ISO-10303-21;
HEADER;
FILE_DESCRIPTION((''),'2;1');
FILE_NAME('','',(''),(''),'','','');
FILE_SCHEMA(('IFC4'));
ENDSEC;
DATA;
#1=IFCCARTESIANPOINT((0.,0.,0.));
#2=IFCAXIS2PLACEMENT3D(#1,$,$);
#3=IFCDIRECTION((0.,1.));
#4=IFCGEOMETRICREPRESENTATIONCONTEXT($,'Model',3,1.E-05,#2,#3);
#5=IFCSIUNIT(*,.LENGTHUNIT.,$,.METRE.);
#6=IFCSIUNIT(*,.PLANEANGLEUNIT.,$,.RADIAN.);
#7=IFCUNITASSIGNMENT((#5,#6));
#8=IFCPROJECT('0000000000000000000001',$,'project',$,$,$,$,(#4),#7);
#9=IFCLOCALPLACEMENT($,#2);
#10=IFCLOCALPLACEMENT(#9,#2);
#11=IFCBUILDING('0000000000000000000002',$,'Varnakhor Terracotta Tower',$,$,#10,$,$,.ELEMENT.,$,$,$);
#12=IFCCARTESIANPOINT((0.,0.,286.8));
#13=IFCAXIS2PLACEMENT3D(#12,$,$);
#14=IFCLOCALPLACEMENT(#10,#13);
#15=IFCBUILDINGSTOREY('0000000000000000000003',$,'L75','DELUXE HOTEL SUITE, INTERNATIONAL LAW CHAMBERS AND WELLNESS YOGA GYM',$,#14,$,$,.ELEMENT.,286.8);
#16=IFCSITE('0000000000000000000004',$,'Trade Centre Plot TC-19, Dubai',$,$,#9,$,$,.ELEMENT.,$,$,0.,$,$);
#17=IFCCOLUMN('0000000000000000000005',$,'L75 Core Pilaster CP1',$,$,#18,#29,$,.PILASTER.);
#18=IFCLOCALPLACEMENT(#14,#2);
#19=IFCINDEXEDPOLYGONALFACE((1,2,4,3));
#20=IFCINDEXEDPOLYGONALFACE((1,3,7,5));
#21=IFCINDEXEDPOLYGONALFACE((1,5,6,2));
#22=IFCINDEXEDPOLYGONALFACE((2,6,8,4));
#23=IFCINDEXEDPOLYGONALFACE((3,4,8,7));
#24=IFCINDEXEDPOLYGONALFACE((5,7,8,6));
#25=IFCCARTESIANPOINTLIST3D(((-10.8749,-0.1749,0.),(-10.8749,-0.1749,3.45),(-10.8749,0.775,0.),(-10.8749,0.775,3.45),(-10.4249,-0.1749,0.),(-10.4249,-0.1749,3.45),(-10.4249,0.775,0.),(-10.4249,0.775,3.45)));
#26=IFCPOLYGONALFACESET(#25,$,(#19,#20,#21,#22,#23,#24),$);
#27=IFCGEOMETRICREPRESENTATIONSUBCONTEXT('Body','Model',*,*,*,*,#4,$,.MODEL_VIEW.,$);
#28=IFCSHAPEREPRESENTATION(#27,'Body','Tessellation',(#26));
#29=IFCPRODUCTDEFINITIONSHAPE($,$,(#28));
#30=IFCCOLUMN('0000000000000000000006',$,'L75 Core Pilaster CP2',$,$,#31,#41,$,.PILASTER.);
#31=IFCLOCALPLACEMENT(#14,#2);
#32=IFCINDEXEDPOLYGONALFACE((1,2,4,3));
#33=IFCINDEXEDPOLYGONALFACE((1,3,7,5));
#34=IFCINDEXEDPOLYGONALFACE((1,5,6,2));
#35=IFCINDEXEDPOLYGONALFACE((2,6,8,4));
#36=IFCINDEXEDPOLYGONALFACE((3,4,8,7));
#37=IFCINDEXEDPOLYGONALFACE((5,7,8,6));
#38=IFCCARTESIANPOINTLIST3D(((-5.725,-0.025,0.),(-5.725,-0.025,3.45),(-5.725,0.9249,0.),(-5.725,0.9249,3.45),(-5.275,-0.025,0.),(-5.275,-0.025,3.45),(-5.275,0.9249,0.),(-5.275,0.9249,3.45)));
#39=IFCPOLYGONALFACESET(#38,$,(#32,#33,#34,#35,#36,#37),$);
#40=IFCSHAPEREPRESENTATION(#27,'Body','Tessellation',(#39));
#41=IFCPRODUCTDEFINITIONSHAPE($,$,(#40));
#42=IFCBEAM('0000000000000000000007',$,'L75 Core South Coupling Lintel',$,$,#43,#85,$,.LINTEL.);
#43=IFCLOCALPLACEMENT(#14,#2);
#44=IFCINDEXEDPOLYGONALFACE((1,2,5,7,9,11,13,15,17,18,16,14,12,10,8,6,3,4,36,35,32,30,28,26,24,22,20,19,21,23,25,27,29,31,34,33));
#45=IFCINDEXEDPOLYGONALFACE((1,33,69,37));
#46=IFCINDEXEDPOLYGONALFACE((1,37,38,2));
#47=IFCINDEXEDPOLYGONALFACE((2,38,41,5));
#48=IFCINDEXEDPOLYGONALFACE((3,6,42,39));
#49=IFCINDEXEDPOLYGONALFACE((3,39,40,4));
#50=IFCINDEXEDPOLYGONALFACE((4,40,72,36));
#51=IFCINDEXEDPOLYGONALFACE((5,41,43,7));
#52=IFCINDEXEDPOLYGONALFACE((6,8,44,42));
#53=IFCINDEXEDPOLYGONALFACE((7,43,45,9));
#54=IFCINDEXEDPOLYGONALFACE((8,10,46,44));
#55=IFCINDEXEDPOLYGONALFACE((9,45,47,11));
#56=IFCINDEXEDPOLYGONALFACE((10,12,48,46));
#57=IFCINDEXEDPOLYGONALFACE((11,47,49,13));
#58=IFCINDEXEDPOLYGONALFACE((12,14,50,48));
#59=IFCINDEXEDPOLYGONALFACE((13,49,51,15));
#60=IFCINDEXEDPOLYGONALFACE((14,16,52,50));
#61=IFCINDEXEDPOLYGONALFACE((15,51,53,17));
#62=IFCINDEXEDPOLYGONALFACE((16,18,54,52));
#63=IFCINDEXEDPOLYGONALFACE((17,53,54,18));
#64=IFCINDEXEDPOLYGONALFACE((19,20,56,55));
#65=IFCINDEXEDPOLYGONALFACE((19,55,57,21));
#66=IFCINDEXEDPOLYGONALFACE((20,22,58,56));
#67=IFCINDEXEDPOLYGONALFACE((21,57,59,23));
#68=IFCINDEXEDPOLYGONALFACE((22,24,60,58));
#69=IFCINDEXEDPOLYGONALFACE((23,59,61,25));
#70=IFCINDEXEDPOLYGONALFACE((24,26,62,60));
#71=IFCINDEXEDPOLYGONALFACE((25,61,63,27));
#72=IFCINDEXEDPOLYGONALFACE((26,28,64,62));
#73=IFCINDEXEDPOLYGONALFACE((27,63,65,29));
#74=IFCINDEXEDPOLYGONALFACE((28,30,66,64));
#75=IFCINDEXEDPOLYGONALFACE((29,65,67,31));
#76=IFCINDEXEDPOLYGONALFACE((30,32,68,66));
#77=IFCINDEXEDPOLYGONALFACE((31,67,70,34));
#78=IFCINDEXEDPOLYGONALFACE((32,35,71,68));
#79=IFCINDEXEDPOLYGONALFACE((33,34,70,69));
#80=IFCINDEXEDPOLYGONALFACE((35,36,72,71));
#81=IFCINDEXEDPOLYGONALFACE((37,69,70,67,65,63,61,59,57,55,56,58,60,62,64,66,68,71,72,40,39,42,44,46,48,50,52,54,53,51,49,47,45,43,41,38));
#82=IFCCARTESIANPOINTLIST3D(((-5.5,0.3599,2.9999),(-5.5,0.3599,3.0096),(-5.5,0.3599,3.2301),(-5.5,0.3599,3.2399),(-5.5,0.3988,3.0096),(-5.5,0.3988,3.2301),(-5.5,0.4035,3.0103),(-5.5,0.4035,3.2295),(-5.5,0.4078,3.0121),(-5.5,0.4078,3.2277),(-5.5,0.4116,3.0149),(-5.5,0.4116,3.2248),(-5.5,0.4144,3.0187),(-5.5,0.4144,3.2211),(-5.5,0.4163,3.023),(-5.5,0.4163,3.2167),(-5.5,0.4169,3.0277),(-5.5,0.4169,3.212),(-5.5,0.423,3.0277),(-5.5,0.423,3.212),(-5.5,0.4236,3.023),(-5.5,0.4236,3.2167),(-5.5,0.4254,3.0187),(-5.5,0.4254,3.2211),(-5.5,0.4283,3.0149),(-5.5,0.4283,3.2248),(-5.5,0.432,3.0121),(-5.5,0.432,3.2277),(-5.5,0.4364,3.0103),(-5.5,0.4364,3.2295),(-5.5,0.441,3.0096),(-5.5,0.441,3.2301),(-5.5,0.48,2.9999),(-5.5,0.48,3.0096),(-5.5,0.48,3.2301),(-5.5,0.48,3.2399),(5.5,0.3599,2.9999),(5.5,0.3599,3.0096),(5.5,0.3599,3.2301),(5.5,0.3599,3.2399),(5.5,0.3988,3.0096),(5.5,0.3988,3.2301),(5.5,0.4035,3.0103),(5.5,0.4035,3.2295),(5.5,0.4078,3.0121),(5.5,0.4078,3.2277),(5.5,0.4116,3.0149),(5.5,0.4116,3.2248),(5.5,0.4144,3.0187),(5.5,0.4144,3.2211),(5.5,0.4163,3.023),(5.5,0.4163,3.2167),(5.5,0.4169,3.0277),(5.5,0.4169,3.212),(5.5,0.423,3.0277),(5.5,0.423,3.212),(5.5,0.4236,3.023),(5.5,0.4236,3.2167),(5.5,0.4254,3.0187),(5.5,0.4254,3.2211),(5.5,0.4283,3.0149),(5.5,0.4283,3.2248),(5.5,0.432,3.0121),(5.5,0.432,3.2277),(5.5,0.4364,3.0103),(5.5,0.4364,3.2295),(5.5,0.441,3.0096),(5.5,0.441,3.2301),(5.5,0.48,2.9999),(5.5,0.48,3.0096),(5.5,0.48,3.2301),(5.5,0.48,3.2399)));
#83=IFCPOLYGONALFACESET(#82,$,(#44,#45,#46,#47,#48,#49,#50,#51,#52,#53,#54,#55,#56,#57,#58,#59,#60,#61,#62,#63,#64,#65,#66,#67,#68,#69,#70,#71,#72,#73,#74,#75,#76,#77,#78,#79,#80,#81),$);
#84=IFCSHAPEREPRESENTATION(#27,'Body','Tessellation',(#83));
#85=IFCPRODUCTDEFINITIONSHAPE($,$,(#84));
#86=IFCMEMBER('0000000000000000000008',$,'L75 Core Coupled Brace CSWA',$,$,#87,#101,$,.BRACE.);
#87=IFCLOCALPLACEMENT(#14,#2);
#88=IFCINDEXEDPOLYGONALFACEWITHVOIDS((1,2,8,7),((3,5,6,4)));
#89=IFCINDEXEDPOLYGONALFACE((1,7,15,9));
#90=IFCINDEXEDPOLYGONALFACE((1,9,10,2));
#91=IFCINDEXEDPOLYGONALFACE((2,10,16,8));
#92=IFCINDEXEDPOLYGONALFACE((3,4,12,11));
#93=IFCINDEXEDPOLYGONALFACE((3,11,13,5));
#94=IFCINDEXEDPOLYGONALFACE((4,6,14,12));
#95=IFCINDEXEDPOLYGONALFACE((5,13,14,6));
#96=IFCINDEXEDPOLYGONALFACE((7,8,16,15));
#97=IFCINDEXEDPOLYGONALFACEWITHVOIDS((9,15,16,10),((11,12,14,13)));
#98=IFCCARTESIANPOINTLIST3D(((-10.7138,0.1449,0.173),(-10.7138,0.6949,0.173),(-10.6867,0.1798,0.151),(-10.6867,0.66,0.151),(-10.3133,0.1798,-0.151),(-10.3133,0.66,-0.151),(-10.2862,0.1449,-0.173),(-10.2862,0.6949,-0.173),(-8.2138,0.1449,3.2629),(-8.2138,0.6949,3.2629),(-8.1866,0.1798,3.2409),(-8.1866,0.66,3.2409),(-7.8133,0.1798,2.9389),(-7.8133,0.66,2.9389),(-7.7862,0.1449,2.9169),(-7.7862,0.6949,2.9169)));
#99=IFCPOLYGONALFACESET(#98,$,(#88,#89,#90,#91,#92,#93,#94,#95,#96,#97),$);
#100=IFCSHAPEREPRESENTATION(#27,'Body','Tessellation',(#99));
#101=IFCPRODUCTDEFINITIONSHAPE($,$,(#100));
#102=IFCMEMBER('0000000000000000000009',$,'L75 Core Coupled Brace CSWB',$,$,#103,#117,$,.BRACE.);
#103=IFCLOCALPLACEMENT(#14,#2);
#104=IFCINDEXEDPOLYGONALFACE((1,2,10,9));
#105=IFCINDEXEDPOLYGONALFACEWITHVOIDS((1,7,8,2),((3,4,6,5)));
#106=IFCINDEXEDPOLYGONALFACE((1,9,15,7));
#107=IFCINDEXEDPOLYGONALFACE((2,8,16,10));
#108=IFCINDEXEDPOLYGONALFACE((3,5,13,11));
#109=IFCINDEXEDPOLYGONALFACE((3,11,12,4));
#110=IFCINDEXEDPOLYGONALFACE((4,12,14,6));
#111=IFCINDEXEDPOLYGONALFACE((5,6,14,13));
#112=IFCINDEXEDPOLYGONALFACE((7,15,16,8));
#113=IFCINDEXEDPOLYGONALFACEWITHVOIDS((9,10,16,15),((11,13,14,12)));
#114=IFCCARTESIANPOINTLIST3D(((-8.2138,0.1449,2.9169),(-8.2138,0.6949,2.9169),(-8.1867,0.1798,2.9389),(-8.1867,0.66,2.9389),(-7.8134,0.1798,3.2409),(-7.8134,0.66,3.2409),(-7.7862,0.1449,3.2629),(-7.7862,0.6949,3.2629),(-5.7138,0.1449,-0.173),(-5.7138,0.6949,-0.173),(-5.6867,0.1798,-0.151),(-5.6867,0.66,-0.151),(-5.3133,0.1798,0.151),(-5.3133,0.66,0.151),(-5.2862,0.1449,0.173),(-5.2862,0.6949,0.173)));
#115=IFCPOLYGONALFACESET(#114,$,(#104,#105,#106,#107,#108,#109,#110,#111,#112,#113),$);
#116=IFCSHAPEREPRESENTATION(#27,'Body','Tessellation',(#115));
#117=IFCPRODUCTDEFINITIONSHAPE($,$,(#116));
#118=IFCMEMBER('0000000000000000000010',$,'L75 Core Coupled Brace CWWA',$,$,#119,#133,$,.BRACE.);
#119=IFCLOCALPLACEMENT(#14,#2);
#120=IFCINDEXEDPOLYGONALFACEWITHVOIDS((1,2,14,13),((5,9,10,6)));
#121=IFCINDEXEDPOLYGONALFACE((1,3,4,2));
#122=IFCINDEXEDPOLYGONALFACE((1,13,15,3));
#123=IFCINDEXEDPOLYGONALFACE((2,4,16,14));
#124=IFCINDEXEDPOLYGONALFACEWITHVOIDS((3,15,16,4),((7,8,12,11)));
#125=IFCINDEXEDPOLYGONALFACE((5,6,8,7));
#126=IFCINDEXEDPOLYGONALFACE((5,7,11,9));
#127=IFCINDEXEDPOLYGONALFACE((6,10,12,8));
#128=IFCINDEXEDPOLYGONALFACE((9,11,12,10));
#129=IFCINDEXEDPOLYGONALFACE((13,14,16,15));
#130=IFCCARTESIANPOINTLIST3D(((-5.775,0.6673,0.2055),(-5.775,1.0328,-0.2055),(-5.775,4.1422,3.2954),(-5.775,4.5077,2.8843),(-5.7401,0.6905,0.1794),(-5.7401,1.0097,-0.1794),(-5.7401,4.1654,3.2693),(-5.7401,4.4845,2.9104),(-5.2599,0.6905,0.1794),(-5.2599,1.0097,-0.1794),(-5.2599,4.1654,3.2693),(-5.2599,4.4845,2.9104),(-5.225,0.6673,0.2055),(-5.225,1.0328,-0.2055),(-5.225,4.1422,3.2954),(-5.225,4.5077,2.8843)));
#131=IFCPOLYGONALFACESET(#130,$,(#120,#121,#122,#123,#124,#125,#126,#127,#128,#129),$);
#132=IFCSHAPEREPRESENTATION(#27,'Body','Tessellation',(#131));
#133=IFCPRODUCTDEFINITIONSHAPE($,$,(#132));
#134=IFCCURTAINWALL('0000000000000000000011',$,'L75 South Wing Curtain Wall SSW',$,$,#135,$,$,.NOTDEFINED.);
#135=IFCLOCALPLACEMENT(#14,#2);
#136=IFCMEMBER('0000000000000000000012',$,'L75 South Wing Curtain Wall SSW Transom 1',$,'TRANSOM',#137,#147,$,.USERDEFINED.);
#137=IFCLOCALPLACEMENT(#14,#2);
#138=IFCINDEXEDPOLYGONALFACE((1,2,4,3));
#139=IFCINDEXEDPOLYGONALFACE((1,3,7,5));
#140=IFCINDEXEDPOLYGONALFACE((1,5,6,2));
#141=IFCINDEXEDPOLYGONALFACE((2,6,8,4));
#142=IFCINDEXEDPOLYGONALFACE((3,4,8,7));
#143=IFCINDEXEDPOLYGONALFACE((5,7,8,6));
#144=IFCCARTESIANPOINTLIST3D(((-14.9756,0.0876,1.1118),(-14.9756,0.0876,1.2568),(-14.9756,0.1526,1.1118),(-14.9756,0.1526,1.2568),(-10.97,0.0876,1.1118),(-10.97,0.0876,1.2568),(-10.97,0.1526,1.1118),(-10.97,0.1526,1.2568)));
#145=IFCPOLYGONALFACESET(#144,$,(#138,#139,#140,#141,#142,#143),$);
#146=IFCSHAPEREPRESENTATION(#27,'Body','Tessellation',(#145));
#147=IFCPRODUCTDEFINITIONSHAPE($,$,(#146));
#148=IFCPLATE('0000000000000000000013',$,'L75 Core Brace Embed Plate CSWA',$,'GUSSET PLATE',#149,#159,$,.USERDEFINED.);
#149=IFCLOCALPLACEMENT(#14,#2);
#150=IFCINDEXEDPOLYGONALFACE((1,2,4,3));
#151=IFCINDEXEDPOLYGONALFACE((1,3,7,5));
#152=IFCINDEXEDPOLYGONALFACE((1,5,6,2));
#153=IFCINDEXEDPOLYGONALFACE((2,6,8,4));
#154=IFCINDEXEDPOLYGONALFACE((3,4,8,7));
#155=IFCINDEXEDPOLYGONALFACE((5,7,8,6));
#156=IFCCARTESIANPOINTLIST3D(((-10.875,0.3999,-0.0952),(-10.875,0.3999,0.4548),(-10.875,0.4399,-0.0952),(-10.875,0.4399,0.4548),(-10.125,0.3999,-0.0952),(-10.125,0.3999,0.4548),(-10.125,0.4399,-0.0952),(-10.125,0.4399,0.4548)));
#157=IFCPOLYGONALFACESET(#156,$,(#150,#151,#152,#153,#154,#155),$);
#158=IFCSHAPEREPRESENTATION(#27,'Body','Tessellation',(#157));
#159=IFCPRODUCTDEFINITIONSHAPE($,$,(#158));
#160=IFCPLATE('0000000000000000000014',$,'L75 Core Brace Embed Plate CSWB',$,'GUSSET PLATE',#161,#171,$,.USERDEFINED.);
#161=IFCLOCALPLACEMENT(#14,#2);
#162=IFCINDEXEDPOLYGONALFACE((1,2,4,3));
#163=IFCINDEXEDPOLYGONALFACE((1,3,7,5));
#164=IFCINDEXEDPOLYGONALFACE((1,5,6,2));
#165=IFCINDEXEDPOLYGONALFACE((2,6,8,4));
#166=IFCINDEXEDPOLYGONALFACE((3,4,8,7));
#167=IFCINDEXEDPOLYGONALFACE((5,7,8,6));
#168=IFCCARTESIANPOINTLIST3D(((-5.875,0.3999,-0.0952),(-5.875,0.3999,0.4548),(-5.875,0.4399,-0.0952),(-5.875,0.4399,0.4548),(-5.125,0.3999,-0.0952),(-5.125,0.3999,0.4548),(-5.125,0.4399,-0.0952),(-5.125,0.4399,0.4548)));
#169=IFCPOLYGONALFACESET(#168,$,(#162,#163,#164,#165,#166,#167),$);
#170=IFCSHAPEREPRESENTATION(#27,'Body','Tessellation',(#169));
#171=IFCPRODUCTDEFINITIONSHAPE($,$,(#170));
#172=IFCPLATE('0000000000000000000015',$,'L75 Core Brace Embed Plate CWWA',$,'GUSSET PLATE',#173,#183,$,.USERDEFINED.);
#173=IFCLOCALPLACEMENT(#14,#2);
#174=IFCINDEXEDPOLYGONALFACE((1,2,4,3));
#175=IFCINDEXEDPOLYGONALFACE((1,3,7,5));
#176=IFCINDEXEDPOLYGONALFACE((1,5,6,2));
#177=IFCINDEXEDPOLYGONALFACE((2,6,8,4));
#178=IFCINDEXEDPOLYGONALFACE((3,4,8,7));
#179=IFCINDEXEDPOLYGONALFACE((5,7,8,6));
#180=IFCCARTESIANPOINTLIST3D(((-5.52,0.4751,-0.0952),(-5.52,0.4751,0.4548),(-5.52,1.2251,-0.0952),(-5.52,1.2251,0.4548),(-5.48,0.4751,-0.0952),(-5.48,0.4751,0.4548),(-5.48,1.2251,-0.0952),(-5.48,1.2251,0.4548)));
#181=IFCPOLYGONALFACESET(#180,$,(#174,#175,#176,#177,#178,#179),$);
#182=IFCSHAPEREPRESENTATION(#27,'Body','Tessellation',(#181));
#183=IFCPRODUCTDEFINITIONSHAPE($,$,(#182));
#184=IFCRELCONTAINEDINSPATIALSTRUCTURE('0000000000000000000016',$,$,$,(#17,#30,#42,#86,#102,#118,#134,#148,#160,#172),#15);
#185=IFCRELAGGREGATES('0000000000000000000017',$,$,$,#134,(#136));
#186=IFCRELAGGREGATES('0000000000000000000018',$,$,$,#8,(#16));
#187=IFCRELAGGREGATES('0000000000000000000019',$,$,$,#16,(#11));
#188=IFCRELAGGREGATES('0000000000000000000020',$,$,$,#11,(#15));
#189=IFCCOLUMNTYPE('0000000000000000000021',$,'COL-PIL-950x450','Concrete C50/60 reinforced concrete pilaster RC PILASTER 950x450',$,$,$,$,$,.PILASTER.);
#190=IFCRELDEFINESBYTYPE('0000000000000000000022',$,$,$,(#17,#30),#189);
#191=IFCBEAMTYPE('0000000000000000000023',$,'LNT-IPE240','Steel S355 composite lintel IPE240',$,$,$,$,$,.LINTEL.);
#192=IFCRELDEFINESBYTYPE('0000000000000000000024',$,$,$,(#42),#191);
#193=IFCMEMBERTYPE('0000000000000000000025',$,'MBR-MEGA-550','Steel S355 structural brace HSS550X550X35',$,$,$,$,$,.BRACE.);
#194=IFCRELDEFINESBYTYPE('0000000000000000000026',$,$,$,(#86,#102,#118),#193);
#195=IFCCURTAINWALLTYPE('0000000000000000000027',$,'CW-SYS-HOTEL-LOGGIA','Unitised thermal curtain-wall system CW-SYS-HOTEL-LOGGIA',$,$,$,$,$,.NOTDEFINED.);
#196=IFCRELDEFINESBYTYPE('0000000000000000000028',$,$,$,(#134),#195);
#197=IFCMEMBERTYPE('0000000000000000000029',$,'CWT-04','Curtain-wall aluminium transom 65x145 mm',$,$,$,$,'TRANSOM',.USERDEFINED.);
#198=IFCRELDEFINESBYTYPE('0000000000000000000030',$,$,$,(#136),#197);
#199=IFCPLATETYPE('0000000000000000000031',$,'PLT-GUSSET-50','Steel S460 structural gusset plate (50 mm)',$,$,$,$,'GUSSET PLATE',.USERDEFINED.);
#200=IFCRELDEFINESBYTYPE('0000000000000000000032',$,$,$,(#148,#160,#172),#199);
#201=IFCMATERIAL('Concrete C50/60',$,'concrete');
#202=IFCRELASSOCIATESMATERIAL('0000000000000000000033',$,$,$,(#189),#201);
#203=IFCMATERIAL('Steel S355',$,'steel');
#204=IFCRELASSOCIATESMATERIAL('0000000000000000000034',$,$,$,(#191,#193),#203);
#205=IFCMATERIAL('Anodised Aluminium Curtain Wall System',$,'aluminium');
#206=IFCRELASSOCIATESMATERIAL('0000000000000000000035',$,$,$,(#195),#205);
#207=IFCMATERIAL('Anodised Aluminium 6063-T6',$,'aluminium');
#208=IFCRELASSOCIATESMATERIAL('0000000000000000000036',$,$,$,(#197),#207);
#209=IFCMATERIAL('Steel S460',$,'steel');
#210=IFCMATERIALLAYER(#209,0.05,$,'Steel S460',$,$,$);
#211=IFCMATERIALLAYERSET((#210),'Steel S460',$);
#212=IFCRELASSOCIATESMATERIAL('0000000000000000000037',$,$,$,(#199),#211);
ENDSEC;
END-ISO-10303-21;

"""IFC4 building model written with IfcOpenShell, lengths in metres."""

from ifc_helpers import new_model, si_unit, direction, frame, origin, origin_2d, place, context, subcontext, project, spatial, rectangle, hollow_rectangle, i_section, extrude, source, transform, mapped, material, layer, layer_set, material_profile, profile_set, type_object, type_shapes, element, aggregate, save


model = new_model("IFC4")

# Units and contexts
model_context = context("Model", 3, precision=1e-05, world=origin(), true_north=direction((0.0, 1.0)))
body_context = subcontext(model_context, "Body", "Model", "MODEL_VIEW")
ifc_project = project(units=[si_unit("LENGTHUNIT", "METRE"), si_unit("PLANEANGLEUNIT", "RADIAN")], contexts=[model_context])

# Site, building, storey
site_placement = place(None, origin())
site = spatial("IfcSite", under=ifc_project, at=site_placement, Name="Trade Centre Plot TC-19, Dubai", CompositionType="ELEMENT", RefElevation=0.0)
building_placement = place(site_placement, origin())
building = spatial("IfcBuilding", under=site, at=building_placement, Name="Varnakhor Terracotta Tower", CompositionType="ELEMENT")
storey_placement = place(building_placement, frame((0.0, 0.0, 286.8)))
storey = spatial("IfcBuildingStorey", under=building, at=storey_placement, Name="L75", Description="DELUXE HOTEL SUITE, INTERNATIONAL LAW CHAMBERS AND WELLNESS YOGA GYM", CompositionType="ELEMENT", Elevation=286.8)

# Columns
ifc_material_1 = material(Name="Concrete C50/60", Category="concrete")
ifc_material_profile_1 = material_profile(ifc_material_1, rectangle(XDim=0.45, YDim=0.95, at=origin_2d()), Name="RC PILASTER 950x450")
ifc_profile_set_1 = profile_set([ifc_material_profile_1], Name="Concrete C50/60")
column_type = type_object("IfcColumnType", Name="COL-PIL-950x450", Description="Concrete C50/60 reinforced concrete pilaster RC PILASTER 950x450", PredefinedType="PILASTER", material=ifc_profile_set_1)
shared_shape_1 = source(origin(), body_context, "Body", "SweptSolid", [
    extrude(rectangle(XDim=0.45, YDim=0.95, at=origin_2d()), origin(), (0.0, 0.0, 1.0), 3.45),
])
for number, where, z_axis, x_axis, name in (
    (1, (-10.6499, 0.3, 0.0), (0.0, 0.0, 1.0), (1.0, 0.0, 0.0), "L75 Core Pilaster CP1"),
    (2, (-5.5, 0.45, 0.0), (0.0, 0.0, 1.0), (1.0, 0.0, 0.0), "L75 Core Pilaster CP2"),
):
    element("IfcColumn", number, at=place(storey_placement, frame(where, z_axis=z_axis, x_axis=x_axis)), inside=storey, type_object=column_type, Name=name, PredefinedType="PILASTER", context=body_context, shape_type="MappedRepresentation", body=[
        mapped(shared_shape_1, transform((0.0, 0.0, 0.0), scale=1.0)),
    ])

# Beam
ifc_material_2 = material(Name="Steel S355", Category="steel")
ifc_material_profile_2 = material_profile(ifc_material_2, i_section(OverallWidth=0.1201, OverallDepth=0.24, WebThickness=0.0061, FlangeThickness=0.0098, FilletRadius=0.0181, at=origin_2d()), Name="IPE240")
ifc_profile_set_2 = profile_set([ifc_material_profile_2], Name="Steel S355")
beam_type = type_object("IfcBeamType", Name="LNT-IPE240", Description="Steel S355 composite lintel IPE240", PredefinedType="LINTEL", material=ifc_profile_set_2)
shared_shape_2 = source(origin(), body_context, "Body", "SweptSolid", [
    extrude(i_section(OverallWidth=0.1201, OverallDepth=0.24, WebThickness=0.0061, FlangeThickness=0.0098, FilletRadius=0.0181, at=origin_2d()), origin(), (0.0, 0.0, 1.0), 11.0),
])
type_shapes(beam_type, [shared_shape_2])
beam_placement = place(storey_placement, frame((-5.5, 0.4199, 3.1199), z_axis=(1.0, 0.0, 0.0), x_axis=(0.0, 1.0, 0.0)))
element("IfcBeam", 3, at=beam_placement, inside=storey, type_object=beam_type, Name="L75 Core South Coupling Lintel", PredefinedType="LINTEL", context=body_context, shape_type="MappedRepresentation", body=[
    mapped(shared_shape_2, transform((0.0, 0.0, 0.0), scale=1.0)),
])

# Members
ifc_material_profile_3 = material_profile(ifc_material_2, hollow_rectangle(XDim=0.55, YDim=0.55, WallThickness=0.0349, at=origin_2d()), Name="HSS550X550X35")
ifc_profile_set_3 = profile_set([ifc_material_profile_3], Name="Steel S355")
member_type_1 = type_object("IfcMemberType", Name="MBR-MEGA-550", Description="Steel S355 structural brace HSS550X550X35", PredefinedType="BRACE", material=ifc_profile_set_3)
shared_shape_3 = source(origin(), body_context, "Body", "SweptSolid", [
    extrude(hollow_rectangle(XDim=0.55, YDim=0.55, WallThickness=0.0349, at=origin_2d()), origin(), (0.0, 0.0, 1.0), 3.9746),
])
for number, where, z_axis, x_axis, name in (
    (4, (-10.5, 0.4199, 0.0), (0.629, 0.0, 0.777405), (0.0, 1.0, 0.0), "L75 Core Coupled Brace CSWA"),
    (5, (-5.5, 0.4199, 0.0), (-0.629, 0.0, 0.777405), (0.0, -1.0, 0.0), "L75 Core Coupled Brace CSWB"),
):
    element("IfcMember", number, at=place(storey_placement, frame(where, z_axis=z_axis, x_axis=x_axis)), inside=storey, type_object=member_type_1, Name=name, PredefinedType="BRACE", context=body_context, shape_type="MappedRepresentation", body=[
        mapped(shared_shape_3, transform((0.0, 0.0, 0.0), scale=1.0)),
    ])
shared_shape_4 = source(origin(), body_context, "Body", "SweptSolid", [
    extrude(hollow_rectangle(XDim=0.55, YDim=0.55, WallThickness=0.0349, at=origin_2d()), origin(), (0.0, 0.0, 1.0), 4.6499),
])
member_1_placement = place(storey_placement, frame((-5.5, 0.8501, 0.0), z_axis=(0.0, 0.747293, 0.664494), x_axis=(-1.0, 0.0, 0.0)))
element("IfcMember", 6, at=member_1_placement, inside=storey, type_object=member_type_1, Name="L75 Core Coupled Brace CWWA", PredefinedType="BRACE", context=body_context, shape_type="MappedRepresentation", body=[
    mapped(shared_shape_4, transform((0.0, 0.0, 0.0), scale=1.0)),
])

# Curtain wall, member
ifc_material_3 = material(Name="Anodised Aluminium Curtain Wall System", Category="aluminium")
curtain_wall_type = type_object("IfcCurtainWallType", Name="CW-SYS-HOTEL-LOGGIA", Description="Unitised thermal curtain-wall system CW-SYS-HOTEL-LOGGIA", PredefinedType="NOTDEFINED", material=ifc_material_3)
curtain_wall_placement = place(storey_placement, origin())
curtain_wall = element("IfcCurtainWall", 7, at=curtain_wall_placement, inside=storey, type_object=curtain_wall_type, Name="L75 South Wing Curtain Wall SSW", PredefinedType="NOTDEFINED")
ifc_material_4 = material(Name="Anodised Aluminium 6063-T6", Category="aluminium")
ifc_material_profile_4 = material_profile(ifc_material_4, rectangle(XDim=0.0649, YDim=0.145, at=origin_2d()), Name="ALU TRANSOM 65x145")
ifc_profile_set_4 = profile_set([ifc_material_profile_4], Name="Anodised Aluminium 6063-T6")
member_type_2 = type_object("IfcMemberType", Name="CWT-04", Description="Curtain-wall aluminium transom 65x145 mm", ElementType="TRANSOM", PredefinedType="USERDEFINED", material=ifc_profile_set_4)
shared_shape_5 = source(origin(), body_context, "Body", "SweptSolid", [
    extrude(rectangle(XDim=0.0649, YDim=0.145, at=origin_2d()), origin(), (0.0, 0.0, 1.0), 4.0056),
])
member_2_placement = place(storey_placement, frame((-10.97, 0.1201, 1.1843), z_axis=(-1.0, 0.0, 0.0), x_axis=(0.0, -1.0, 0.0)))
member_2 = element("IfcMember", 8, at=member_2_placement, type_object=member_type_2, Name="L75 South Wing Curtain Wall SSW Transom 1", ObjectType="TRANSOM", PredefinedType="USERDEFINED", context=body_context, shape_type="MappedRepresentation", body=[
    mapped(shared_shape_5, transform((0.0, 0.0, 0.0), scale=1.0)),
])
aggregate(curtain_wall, [member_2])

# Plates
ifc_material_5 = material(Name="Steel S460", Category="steel")
ifc_layer_1 = layer(ifc_material_5, 0.05, Name="Steel S460")
ifc_layer_set_1 = layer_set([ifc_layer_1], Name="Steel S460")
plate_type = type_object("IfcPlateType", Name="PLT-GUSSET-50", Description="Steel S460 structural gusset plate (50 mm)", ElementType="GUSSET PLATE", PredefinedType="USERDEFINED", material=ifc_layer_set_1)
shared_shape_6 = source(origin(), body_context, "Body", "SweptSolid", [
    extrude(rectangle(XDim=0.75, YDim=0.04, at=origin_2d()), origin(), (0.0, 0.0, 1.0), 0.55),
])
type_shapes(plate_type, [shared_shape_6])
for number, where, z_axis, x_axis, name in (
    (9, (-10.5, 0.4199, -0.0952), (0.0, 0.0, 1.0), (1.0, 0.0, 0.0), "L75 Core Brace Embed Plate CSWA"),
    (10, (-5.5, 0.4199, -0.0952), (0.0, 0.0, 1.0), (1.0, 0.0, 0.0), "L75 Core Brace Embed Plate CSWB"),
    (11, (-5.5, 0.8501, -0.0952), (0.0, 0.0, 1.0), (0.0, 1.0, 0.0), "L75 Core Brace Embed Plate CWWA"),
):
    element("IfcPlate", number, at=place(storey_placement, frame(where, z_axis=z_axis, x_axis=x_axis)), inside=storey, type_object=plate_type, Name=name, ObjectType="GUSSET PLATE", PredefinedType="USERDEFINED", context=body_context, shape_type="MappedRepresentation", body=[
        mapped(shared_shape_6, transform((0.0, 0.0, 0.0), scale=1.0)),
    ])

save(model, "model.ifc")
